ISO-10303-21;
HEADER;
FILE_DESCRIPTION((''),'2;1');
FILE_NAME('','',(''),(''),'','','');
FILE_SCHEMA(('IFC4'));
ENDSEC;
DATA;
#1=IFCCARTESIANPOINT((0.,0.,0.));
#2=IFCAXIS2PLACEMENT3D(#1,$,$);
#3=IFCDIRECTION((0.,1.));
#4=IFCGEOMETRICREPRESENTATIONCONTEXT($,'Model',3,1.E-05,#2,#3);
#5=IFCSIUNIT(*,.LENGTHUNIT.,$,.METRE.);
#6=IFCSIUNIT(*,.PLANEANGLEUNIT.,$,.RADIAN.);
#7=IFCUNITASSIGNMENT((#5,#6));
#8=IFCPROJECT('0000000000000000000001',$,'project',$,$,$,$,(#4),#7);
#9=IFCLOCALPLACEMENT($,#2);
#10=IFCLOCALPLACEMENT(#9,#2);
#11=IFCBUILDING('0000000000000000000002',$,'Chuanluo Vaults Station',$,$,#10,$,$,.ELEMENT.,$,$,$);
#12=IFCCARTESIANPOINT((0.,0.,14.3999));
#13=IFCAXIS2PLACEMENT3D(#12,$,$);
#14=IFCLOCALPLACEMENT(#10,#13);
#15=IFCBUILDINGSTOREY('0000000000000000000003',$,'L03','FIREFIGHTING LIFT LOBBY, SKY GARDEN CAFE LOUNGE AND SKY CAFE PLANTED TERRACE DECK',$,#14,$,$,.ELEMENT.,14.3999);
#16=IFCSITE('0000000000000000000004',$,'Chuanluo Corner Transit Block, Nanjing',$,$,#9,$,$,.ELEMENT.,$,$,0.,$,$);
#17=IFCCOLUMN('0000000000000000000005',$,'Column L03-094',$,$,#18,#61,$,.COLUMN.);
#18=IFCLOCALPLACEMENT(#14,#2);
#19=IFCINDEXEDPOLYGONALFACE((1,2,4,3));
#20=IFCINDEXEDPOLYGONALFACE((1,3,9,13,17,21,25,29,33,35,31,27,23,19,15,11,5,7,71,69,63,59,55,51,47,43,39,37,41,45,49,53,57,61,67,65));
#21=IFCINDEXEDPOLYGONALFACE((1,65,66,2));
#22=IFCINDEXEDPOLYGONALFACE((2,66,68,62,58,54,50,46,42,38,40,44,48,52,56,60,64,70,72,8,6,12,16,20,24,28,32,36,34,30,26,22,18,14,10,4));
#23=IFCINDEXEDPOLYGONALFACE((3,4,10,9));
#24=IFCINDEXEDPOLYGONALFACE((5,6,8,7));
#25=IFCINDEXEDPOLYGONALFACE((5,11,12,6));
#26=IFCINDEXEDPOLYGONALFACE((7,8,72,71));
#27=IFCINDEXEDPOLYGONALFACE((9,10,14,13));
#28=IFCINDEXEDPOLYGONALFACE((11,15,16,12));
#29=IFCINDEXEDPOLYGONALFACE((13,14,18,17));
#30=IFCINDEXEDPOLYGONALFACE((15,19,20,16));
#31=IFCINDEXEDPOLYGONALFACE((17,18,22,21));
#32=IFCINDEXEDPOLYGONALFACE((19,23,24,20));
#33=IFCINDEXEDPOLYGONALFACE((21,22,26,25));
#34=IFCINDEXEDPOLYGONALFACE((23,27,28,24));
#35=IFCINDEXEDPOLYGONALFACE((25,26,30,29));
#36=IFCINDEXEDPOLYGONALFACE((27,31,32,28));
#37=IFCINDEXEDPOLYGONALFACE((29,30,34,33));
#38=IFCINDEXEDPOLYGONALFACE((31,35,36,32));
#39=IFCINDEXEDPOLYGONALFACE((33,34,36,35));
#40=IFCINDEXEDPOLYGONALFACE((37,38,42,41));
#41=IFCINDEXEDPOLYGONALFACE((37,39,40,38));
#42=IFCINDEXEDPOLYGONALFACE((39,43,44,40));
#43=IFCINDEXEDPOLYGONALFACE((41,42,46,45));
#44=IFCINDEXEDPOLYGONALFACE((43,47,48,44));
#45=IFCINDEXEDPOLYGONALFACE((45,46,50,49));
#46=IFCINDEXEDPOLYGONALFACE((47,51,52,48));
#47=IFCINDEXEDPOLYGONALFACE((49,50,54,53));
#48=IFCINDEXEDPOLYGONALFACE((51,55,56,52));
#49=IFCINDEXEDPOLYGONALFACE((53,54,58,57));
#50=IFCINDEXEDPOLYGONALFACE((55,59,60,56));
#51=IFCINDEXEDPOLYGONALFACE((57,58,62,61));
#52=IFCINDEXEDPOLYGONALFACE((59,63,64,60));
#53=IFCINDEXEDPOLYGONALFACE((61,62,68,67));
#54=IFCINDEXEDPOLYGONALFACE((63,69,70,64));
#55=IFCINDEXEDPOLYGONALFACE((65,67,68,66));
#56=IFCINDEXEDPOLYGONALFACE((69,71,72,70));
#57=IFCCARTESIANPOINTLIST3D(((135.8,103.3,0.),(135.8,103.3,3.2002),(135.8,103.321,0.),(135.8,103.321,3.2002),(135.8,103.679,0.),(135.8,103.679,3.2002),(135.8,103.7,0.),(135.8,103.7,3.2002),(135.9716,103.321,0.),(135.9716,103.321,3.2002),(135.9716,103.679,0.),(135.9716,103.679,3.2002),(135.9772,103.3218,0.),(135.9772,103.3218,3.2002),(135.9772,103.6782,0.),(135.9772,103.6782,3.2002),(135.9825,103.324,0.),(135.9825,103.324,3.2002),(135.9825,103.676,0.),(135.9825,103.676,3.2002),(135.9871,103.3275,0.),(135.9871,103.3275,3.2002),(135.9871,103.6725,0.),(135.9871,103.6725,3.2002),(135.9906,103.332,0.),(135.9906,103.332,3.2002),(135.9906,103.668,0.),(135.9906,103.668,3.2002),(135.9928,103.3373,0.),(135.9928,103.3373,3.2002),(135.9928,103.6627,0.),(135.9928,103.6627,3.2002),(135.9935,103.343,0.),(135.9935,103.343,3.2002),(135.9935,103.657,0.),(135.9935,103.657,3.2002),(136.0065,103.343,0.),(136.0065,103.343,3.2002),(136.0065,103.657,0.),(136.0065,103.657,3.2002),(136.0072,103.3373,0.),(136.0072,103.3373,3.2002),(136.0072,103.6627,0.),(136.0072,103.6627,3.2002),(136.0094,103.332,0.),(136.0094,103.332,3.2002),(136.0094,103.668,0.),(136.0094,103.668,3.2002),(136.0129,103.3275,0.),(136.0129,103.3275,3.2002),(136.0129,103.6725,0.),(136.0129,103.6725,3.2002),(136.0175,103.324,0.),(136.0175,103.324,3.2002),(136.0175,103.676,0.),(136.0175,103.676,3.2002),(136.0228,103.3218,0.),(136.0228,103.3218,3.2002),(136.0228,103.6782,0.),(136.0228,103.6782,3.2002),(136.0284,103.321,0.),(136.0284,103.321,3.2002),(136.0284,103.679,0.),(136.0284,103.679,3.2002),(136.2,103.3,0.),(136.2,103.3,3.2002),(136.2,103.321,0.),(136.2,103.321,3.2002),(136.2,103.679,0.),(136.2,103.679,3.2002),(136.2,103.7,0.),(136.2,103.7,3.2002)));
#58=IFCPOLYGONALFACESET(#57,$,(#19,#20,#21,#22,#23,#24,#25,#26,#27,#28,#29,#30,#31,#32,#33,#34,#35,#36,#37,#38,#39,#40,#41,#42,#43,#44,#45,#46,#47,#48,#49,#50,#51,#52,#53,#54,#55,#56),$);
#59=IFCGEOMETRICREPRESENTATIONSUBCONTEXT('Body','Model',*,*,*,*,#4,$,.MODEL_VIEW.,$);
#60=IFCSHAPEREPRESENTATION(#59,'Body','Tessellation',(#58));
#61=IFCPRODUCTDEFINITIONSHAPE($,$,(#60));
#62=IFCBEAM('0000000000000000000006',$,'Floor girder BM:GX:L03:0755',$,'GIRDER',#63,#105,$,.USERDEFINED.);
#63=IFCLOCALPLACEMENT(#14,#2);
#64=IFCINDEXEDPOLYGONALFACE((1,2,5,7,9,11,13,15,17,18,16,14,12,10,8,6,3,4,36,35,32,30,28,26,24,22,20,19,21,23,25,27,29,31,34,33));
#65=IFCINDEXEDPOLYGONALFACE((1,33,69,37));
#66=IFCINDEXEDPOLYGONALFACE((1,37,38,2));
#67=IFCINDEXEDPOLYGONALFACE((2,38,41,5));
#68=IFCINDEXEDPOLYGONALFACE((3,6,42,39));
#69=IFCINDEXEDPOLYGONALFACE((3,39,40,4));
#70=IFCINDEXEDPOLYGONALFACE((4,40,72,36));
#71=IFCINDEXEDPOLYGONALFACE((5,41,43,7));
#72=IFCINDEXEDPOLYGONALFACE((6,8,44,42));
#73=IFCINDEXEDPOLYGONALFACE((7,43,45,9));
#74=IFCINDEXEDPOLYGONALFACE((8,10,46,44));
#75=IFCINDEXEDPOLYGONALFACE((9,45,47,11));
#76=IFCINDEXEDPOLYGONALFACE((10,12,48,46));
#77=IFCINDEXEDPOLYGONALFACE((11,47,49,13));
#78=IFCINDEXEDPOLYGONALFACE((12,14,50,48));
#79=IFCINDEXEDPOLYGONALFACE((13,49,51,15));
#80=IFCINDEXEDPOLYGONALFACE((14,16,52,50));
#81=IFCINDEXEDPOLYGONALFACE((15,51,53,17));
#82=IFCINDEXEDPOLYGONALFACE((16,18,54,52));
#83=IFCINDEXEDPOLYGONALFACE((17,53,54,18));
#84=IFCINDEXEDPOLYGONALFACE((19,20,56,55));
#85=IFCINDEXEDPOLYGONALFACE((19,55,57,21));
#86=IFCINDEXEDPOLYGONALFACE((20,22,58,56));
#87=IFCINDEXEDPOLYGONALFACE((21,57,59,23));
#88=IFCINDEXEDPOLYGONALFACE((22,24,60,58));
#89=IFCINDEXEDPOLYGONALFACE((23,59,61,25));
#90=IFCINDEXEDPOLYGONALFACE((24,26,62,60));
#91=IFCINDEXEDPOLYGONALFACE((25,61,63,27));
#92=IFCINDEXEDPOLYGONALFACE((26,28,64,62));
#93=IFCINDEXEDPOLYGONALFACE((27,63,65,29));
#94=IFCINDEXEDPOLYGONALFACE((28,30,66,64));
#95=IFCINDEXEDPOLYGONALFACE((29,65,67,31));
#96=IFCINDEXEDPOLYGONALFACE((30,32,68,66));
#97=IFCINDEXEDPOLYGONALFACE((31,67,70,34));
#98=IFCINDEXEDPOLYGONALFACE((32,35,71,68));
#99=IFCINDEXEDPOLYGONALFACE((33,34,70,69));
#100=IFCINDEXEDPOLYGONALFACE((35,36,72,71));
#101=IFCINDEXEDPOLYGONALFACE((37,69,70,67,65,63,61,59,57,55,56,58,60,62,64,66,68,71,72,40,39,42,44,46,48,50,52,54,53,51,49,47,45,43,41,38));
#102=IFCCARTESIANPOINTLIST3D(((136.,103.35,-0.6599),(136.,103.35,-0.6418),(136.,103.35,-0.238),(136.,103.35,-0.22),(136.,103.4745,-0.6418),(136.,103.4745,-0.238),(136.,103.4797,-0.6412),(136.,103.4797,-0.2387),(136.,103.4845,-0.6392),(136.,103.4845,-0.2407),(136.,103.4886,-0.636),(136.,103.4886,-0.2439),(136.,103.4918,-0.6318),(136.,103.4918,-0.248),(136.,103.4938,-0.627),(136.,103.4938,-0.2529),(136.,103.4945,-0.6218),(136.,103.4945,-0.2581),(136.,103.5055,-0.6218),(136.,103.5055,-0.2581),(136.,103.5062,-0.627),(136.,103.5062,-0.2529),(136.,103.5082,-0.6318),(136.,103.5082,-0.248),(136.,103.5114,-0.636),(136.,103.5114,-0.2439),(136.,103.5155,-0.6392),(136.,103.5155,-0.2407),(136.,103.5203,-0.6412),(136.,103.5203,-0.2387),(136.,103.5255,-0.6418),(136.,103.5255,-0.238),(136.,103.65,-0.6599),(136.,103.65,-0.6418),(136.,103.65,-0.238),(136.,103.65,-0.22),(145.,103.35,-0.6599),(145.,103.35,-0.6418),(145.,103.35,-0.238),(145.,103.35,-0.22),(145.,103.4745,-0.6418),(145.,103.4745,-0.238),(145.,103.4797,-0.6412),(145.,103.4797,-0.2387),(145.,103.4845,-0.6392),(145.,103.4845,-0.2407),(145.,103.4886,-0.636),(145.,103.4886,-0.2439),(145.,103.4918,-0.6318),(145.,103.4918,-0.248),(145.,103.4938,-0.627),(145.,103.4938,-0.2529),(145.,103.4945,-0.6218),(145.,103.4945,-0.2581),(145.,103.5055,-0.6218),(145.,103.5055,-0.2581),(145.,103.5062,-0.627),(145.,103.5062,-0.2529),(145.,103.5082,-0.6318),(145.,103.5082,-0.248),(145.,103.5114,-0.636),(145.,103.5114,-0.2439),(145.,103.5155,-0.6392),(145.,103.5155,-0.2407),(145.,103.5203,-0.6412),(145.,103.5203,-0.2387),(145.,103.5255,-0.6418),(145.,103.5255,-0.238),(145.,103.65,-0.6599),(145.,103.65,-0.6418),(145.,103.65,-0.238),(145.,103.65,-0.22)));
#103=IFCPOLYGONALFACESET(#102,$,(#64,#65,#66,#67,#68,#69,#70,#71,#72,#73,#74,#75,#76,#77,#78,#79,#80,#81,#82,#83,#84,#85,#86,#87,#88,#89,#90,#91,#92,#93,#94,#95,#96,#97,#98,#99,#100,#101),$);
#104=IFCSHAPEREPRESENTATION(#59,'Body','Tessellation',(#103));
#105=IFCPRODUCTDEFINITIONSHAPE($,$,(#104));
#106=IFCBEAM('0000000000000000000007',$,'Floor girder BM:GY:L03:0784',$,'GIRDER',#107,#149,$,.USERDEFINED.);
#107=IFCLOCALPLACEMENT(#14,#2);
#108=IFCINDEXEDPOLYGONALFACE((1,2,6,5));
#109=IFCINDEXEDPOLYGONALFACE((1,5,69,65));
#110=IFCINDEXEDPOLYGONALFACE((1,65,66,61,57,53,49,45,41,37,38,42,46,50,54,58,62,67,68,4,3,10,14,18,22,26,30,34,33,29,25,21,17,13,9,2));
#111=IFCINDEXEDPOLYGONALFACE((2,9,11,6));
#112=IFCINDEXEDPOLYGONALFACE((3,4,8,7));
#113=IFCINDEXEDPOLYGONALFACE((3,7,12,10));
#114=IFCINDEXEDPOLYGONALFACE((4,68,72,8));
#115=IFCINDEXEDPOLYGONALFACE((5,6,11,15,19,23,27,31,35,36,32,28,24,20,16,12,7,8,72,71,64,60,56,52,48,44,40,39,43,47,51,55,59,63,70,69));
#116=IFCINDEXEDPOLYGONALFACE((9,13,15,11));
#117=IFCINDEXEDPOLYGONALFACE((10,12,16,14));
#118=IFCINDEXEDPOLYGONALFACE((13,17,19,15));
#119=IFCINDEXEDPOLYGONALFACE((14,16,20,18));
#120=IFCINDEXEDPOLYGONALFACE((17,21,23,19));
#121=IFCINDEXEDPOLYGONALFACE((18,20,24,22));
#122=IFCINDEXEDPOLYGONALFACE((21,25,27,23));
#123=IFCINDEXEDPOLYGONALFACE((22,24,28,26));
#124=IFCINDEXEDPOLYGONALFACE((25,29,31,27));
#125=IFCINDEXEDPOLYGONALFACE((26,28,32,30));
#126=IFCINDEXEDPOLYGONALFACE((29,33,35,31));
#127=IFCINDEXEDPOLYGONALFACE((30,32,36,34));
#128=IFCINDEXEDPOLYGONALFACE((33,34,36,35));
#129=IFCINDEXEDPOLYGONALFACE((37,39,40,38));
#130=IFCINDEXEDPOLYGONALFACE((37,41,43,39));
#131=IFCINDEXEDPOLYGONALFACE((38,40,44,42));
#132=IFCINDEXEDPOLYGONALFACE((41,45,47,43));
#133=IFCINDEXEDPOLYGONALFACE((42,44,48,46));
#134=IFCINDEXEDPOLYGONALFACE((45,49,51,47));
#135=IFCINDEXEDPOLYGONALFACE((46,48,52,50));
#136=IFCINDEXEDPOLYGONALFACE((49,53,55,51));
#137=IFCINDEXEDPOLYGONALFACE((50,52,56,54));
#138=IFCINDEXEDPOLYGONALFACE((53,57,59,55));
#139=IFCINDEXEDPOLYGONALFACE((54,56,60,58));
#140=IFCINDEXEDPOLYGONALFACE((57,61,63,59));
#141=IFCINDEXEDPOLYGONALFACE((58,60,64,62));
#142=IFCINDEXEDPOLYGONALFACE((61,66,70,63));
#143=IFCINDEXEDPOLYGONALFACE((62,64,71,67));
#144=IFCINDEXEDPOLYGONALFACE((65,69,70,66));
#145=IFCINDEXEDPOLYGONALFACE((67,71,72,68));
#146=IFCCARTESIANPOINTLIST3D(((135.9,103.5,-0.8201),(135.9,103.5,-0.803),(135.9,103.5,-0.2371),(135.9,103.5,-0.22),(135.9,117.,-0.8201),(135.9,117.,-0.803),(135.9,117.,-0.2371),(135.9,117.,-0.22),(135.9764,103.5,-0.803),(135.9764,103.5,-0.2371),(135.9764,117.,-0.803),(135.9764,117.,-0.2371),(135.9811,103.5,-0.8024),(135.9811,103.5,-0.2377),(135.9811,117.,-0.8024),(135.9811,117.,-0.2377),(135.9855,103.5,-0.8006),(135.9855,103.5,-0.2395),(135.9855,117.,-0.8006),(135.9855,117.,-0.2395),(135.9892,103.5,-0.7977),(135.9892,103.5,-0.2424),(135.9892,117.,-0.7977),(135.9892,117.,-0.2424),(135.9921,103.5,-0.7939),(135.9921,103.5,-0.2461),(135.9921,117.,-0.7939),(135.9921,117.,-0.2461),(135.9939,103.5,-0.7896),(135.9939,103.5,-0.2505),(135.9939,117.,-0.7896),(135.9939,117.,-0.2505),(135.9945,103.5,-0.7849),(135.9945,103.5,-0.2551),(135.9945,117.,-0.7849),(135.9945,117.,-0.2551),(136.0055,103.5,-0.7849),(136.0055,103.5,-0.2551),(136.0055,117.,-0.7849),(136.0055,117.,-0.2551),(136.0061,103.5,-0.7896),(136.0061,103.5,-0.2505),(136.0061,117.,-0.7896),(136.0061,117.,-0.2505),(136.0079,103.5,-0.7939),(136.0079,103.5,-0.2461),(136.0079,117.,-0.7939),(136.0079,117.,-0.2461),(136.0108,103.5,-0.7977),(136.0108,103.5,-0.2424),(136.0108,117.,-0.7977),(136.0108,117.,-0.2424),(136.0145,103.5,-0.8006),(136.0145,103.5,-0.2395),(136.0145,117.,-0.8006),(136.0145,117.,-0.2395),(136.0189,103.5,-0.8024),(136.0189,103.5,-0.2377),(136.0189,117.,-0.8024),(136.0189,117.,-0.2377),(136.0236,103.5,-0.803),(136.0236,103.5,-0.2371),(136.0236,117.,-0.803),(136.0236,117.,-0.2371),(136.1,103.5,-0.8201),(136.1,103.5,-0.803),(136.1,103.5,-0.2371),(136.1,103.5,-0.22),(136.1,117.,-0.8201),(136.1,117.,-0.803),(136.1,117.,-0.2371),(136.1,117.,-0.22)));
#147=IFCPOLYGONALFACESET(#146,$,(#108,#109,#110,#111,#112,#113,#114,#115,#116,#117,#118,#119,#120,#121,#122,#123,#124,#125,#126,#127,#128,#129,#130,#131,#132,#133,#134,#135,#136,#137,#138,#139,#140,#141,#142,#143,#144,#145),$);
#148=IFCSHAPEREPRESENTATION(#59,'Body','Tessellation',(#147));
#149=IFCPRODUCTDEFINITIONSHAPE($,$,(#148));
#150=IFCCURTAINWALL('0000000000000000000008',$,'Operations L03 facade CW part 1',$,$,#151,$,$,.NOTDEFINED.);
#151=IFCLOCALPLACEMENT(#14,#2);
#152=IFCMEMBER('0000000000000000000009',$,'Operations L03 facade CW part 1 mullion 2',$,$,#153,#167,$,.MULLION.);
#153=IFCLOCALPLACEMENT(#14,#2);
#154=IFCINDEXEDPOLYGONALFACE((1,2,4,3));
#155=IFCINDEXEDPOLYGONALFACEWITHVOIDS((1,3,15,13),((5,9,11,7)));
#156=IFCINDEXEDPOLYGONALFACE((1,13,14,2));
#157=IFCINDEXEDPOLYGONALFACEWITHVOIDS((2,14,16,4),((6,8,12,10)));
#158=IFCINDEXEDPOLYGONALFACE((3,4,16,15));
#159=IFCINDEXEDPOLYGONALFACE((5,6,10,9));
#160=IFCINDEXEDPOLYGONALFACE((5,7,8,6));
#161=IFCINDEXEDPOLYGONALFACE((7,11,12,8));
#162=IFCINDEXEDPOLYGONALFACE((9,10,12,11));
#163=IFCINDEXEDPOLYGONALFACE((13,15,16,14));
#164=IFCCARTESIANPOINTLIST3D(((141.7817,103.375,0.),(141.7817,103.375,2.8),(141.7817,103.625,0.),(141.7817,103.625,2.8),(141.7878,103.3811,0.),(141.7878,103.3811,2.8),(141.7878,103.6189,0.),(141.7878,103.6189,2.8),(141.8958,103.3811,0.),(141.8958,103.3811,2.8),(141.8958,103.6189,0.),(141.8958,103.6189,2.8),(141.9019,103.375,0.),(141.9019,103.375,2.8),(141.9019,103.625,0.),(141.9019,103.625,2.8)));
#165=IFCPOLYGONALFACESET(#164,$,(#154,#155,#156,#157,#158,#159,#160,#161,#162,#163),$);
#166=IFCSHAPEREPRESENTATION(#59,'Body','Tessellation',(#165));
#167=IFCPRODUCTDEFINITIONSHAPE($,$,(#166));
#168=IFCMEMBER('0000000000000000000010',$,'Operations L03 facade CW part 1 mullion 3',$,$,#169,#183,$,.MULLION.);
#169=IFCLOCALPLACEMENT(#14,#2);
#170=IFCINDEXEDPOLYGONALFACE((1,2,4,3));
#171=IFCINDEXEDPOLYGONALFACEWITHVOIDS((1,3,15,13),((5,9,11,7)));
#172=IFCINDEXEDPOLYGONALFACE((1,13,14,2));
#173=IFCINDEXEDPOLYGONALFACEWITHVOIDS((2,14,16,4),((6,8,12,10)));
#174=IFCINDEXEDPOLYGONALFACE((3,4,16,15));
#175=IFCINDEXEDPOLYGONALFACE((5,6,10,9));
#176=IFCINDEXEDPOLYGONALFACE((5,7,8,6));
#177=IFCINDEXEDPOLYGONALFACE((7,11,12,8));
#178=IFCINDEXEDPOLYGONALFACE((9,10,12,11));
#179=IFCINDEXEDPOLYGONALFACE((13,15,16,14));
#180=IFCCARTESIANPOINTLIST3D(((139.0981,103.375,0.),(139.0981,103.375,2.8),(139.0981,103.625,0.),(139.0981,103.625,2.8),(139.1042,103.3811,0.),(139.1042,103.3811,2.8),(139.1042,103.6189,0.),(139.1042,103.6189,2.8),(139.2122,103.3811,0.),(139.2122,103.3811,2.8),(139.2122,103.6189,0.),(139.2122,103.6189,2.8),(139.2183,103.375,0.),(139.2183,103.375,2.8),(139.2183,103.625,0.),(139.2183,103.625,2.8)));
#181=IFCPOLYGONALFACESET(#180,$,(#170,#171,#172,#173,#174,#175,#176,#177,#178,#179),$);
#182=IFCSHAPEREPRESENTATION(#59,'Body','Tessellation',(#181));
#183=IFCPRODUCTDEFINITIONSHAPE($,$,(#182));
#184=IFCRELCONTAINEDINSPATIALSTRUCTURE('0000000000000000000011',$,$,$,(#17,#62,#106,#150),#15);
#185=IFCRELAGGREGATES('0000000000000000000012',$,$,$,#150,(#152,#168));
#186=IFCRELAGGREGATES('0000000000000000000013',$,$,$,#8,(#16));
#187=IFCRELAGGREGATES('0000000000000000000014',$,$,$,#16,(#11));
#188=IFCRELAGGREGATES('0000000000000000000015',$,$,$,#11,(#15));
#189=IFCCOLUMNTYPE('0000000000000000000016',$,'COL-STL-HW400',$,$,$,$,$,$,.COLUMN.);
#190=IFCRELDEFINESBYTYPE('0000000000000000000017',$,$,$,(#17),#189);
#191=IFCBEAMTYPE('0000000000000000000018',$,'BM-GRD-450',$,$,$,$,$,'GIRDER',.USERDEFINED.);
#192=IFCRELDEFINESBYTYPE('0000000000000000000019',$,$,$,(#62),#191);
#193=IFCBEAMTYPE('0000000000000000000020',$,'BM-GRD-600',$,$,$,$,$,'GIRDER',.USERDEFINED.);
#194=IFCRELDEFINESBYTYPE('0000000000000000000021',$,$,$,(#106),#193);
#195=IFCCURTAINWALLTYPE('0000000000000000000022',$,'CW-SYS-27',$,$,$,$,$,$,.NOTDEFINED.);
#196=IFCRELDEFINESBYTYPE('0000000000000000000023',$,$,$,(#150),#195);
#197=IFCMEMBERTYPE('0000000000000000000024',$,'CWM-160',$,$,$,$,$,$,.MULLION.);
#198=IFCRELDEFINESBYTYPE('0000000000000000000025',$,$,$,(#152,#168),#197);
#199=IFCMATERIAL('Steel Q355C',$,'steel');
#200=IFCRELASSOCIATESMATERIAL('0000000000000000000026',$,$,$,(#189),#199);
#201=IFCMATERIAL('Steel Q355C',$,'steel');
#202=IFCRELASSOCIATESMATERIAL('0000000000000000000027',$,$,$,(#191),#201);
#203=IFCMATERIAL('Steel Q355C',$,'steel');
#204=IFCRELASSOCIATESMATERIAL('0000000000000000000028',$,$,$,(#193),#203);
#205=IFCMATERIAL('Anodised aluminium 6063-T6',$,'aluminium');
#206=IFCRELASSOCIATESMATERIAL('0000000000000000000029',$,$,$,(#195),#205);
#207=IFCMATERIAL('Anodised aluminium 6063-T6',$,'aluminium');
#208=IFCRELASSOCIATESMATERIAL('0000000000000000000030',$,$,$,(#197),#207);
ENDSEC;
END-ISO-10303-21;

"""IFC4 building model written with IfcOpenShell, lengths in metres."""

from ifc_helpers import new_model, si_unit, direction, frame, origin, origin_2d, place, context, subcontext, project, spatial, hollow_rectangle, i_section, extrude, material, material_profile, profile_set, type_object, element, aggregate, save


model = new_model("IFC4")

# Units and contexts
model_context = context("Model", 3, precision=1e-05, world=origin(), true_north=direction((0.0, 1.0)))
body_context = subcontext(model_context, "Body", "Model", "MODEL_VIEW")
ifc_project = project(units=[si_unit("LENGTHUNIT", "METRE"), si_unit("PLANEANGLEUNIT", "RADIAN")], contexts=[model_context])

# Site, building, storey
site_placement = place(None, origin())
site = spatial("IfcSite", under=ifc_project, at=site_placement, Name="Chuanluo Corner Transit Block, Nanjing", CompositionType="ELEMENT", RefElevation=0.0)
building_placement = place(site_placement, origin())
building = spatial("IfcBuilding", under=site, at=building_placement, Name="Chuanluo Vaults Station", CompositionType="ELEMENT")
storey_placement = place(building_placement, frame((0.0, 0.0, 14.3999)))
storey = spatial("IfcBuildingStorey", under=building, at=storey_placement, Name="L03", Description="FIREFIGHTING LIFT LOBBY, SKY GARDEN CAFE LOUNGE AND SKY CAFE PLANTED TERRACE DECK", CompositionType="ELEMENT", Elevation=14.3999)

# Column
ifc_material_1 = material(Name="Steel Q355C", Category="steel")
ifc_material_profile_1 = material_profile(ifc_material_1, i_section(OverallWidth=0.3999, OverallDepth=0.3999, WebThickness=0.0129, FlangeThickness=0.021, FilletRadius=0.022, at=origin_2d()))
ifc_profile_set_1 = profile_set([ifc_material_profile_1], Name="Steel Q355C")
column_type = type_object("IfcColumnType", Name="COL-STL-HW400", PredefinedType="COLUMN", material=ifc_profile_set_1)
column_placement = place(storey_placement, frame((136.0, 103.5, 0.0), z_axis=(0.0, 0.0, 1.0), x_axis=(1.0, 0.0, 0.0)))
element("IfcColumn", 1, at=column_placement, inside=storey, type_object=column_type, Name="Column L03-094", PredefinedType="COLUMN", context=body_context, shape_type="SweptSolid", body=[
    extrude(i_section(OverallWidth=0.3999, OverallDepth=0.3999, WebThickness=0.0129, FlangeThickness=0.021, FilletRadius=0.022, at=origin_2d()), origin(), (0.0, 0.0, 1.0), 3.2002),
])

# Beams
ifc_material_2 = material(Name="Steel Q355C", Category="steel")
ifc_material_profile_2 = material_profile(ifc_material_2, i_section(OverallWidth=0.3, OverallDepth=0.4399, WebThickness=0.011, FlangeThickness=0.0181, FilletRadius=0.02, at=origin_2d()))
ifc_profile_set_2 = profile_set([ifc_material_profile_2], Name="Steel Q355C")
beam_type_1 = type_object("IfcBeamType", Name="BM-GRD-450", ElementType="GIRDER", PredefinedType="USERDEFINED", material=ifc_profile_set_2)
beam_1_placement = place(storey_placement, frame((136.0, 103.5, -0.4399), z_axis=(1.0, 0.0, 0.0), x_axis=(0.0, 1.0, 0.0)))
element("IfcBeam", 2, at=beam_1_placement, inside=storey, type_object=beam_type_1, Name="Floor girder BM:GX:L03:0755", ObjectType="GIRDER", PredefinedType="USERDEFINED", context=body_context, shape_type="SweptSolid", body=[
    extrude(i_section(OverallWidth=0.3, OverallDepth=0.4399, WebThickness=0.011, FlangeThickness=0.0181, FilletRadius=0.02, at=origin_2d()), origin(), (0.0, 0.0, 1.0), 9.0),
])
ifc_material_3 = material(Name="Steel Q355C", Category="steel")
ifc_material_profile_3 = material_profile(ifc_material_3, i_section(OverallWidth=0.2, OverallDepth=0.6001, WebThickness=0.011, FlangeThickness=0.0171, FilletRadius=0.0181, at=origin_2d()))
ifc_profile_set_3 = profile_set([ifc_material_profile_3], Name="Steel Q355C")
beam_type_2 = type_object("IfcBeamType", Name="BM-GRD-600", ElementType="GIRDER", PredefinedType="USERDEFINED", material=ifc_profile_set_3)
beam_2_placement = place(storey_placement, frame((136.0, 103.5, -0.52), z_axis=(0.0, 1.0, 0.0), x_axis=(-1.0, 0.0, 0.0)))
element("IfcBeam", 3, at=beam_2_placement, inside=storey, type_object=beam_type_2, Name="Floor girder BM:GY:L03:0784", ObjectType="GIRDER", PredefinedType="USERDEFINED", context=body_context, shape_type="SweptSolid", body=[
    extrude(i_section(OverallWidth=0.2, OverallDepth=0.6001, WebThickness=0.011, FlangeThickness=0.0171, FilletRadius=0.0181, at=origin_2d()), origin(), (0.0, 0.0, 1.0), 13.5),
])

# Curtain wall, members
ifc_material_4 = material(Name="Anodised aluminium 6063-T6", Category="aluminium")
curtain_wall_type_1 = type_object("IfcCurtainWallType", Name="CW-SYS-27", PredefinedType="NOTDEFINED", material=ifc_material_4)
curtain_wall_1_placement = place(storey_placement, origin())
curtain_wall_1 = element("IfcCurtainWall", 4, at=curtain_wall_1_placement, inside=storey, type_object=curtain_wall_type_1, Name="Operations L03 facade CW part 1", PredefinedType="NOTDEFINED")
ifc_material_5 = material(Name="Anodised aluminium 6063-T6", Category="aluminium")
ifc_material_profile_4 = material_profile(ifc_material_5, hollow_rectangle(XDim=0.1201, YDim=0.25, WallThickness=0.0061, at=origin_2d()))
ifc_profile_set_4 = profile_set([ifc_material_profile_4], Name="Anodised aluminium 6063-T6")
member_type_1 = type_object("IfcMemberType", Name="CWM-160", PredefinedType="MULLION", material=ifc_profile_set_4)
member_1_placement = place(storey_placement, frame((141.8418, 103.5, 0.0), z_axis=(0.0, 0.0, 1.0), x_axis=(-1.0, 0.0, 0.0)))
member_1 = element("IfcMember", 5, at=member_1_placement, type_object=member_type_1, Name="Operations L03 facade CW part 1 mullion 2", PredefinedType="MULLION", context=body_context, shape_type="SweptSolid", body=[
    extrude(hollow_rectangle(XDim=0.1201, YDim=0.25, WallThickness=0.0061, at=origin_2d()), origin(), (0.0, 0.0, 1.0), 2.8),
])
member_2_placement = place(storey_placement, frame((139.1582, 103.5, 0.0), z_axis=(0.0, 0.0, 1.0), x_axis=(-1.0, 0.0, 0.0)))
member_2 = element("IfcMember", 6, at=member_2_placement, type_object=member_type_1, Name="Operations L03 facade CW part 1 mullion 3", PredefinedType="MULLION", context=body_context, shape_type="SweptSolid", body=[
    extrude(hollow_rectangle(XDim=0.1201, YDim=0.25, WallThickness=0.0061, at=origin_2d()), origin(), (0.0, 0.0, 1.0), 2.8),
])

aggregate(curtain_wall_1, [member_1, member_2])

save(model, "model.ifc")
